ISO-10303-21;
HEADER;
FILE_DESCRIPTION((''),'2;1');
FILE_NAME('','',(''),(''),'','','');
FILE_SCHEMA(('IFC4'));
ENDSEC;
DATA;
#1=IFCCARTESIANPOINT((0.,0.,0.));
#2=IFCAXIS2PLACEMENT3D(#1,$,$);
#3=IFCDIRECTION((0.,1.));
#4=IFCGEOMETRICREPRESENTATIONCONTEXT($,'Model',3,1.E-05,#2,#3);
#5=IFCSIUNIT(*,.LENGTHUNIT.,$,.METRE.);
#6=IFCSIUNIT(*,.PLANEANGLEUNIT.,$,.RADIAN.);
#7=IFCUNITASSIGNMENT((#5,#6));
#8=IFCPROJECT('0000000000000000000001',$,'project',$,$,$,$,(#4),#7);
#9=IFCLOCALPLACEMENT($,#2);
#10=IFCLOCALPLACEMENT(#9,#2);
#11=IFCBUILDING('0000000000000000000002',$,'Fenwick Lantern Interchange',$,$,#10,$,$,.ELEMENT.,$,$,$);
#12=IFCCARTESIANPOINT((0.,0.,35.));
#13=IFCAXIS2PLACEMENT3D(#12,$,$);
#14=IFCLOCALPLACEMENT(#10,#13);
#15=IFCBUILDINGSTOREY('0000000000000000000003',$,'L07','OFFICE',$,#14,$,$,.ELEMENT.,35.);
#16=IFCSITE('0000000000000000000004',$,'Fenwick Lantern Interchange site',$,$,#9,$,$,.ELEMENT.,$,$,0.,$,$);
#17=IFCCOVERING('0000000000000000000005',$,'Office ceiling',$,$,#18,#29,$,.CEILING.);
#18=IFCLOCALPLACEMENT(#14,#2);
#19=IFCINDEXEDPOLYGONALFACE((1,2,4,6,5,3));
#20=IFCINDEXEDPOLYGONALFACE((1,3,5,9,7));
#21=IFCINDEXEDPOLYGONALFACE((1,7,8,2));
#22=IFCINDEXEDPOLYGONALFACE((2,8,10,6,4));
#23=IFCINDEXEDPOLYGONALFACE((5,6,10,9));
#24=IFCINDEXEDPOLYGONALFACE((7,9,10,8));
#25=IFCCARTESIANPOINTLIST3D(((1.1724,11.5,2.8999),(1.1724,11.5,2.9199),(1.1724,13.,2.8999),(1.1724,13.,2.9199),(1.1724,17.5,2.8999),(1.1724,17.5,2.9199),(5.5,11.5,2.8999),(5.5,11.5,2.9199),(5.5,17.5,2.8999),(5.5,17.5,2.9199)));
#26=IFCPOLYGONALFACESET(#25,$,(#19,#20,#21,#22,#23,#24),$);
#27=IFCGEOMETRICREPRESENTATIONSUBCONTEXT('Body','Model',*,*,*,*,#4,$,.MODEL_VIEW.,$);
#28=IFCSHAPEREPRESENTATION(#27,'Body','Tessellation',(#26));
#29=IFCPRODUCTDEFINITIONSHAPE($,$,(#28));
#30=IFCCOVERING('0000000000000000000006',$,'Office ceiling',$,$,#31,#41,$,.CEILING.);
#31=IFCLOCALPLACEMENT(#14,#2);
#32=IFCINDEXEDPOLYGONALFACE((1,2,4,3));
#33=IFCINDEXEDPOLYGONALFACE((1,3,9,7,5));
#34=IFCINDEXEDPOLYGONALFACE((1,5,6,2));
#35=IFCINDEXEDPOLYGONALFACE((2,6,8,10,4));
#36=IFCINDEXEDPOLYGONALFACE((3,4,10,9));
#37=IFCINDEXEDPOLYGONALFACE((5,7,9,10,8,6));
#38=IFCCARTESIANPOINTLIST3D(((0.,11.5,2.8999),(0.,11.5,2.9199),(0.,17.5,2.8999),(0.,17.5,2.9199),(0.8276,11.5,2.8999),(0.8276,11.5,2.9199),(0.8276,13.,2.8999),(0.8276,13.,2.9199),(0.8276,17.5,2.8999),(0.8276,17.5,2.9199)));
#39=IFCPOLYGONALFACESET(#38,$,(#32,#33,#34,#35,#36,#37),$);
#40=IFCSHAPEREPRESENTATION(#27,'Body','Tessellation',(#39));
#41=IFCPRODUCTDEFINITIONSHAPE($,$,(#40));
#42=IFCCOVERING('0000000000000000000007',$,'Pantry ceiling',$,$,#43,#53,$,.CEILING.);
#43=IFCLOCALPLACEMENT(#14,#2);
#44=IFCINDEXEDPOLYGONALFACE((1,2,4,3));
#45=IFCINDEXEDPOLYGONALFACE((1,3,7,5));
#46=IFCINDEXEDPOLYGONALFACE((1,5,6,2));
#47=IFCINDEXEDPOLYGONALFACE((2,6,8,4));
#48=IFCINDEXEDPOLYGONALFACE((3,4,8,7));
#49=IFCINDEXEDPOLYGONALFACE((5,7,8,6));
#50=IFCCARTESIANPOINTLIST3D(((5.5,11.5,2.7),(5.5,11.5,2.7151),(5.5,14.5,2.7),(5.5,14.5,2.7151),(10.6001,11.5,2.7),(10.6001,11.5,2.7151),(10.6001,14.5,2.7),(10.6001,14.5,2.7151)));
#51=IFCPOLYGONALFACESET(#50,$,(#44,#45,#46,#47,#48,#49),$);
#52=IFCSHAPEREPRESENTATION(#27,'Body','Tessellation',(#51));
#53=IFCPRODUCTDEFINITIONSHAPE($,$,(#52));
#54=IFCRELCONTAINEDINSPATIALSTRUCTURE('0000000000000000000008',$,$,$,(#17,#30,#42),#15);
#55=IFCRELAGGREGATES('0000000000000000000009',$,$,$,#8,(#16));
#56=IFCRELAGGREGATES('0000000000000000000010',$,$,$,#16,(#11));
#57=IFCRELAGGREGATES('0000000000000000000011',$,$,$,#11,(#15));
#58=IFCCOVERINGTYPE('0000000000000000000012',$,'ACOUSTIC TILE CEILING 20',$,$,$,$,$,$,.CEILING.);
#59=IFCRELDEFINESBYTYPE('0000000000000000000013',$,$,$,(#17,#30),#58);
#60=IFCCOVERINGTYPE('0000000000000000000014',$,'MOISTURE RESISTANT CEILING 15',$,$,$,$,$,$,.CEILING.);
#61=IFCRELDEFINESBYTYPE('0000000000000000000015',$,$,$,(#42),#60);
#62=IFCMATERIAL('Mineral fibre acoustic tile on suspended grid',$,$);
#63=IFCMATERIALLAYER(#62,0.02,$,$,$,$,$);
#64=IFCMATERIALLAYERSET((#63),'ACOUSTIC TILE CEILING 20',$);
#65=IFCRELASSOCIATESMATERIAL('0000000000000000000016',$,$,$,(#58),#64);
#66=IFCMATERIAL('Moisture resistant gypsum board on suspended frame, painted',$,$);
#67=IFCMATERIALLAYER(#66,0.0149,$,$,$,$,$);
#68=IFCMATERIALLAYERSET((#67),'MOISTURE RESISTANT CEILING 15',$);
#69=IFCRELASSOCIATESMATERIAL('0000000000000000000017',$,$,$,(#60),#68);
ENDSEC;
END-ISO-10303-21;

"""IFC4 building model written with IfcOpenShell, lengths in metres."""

from ifc_helpers import new_model, si_unit, direction, frame, origin, place, context, subcontext, project, spatial, polyline, outline, extrude, material, layer, layer_set, type_object, element, save


model = new_model("IFC4")

# Units and contexts
model_context = context("Model", 3, precision=1e-05, world=origin(), true_north=direction((0.0, 1.0)))
body_context = subcontext(model_context, "Body", "Model", "MODEL_VIEW")
ifc_project = project(units=[si_unit("LENGTHUNIT", "METRE"), si_unit("PLANEANGLEUNIT", "RADIAN")], contexts=[model_context])

# Site, building, storey
site_placement = place(None, origin())
site = spatial("IfcSite", under=ifc_project, at=site_placement, Name="Fenwick Lantern Interchange site", CompositionType="ELEMENT", RefElevation=0.0)
building_placement = place(site_placement, origin())
building = spatial("IfcBuilding", under=site, at=building_placement, Name="Fenwick Lantern Interchange", CompositionType="ELEMENT")
storey_placement = place(building_placement, frame((0.0, 0.0, 35.0)))
storey = spatial("IfcBuildingStorey", under=building, at=storey_placement, Name="L07", Description="OFFICE", CompositionType="ELEMENT", Elevation=35.0)

# Coverings
ifc_material_1 = material(Name="Mineral fibre acoustic tile on suspended grid")
ifc_layer_1 = layer(ifc_material_1, 0.02)
ifc_layer_set_1 = layer_set([ifc_layer_1], Name="ACOUSTIC TILE CEILING 20")
covering_type_1 = type_object("IfcCoveringType", Name="ACOUSTIC TILE CEILING 20", PredefinedType="CEILING", material=ifc_layer_set_1)
covering_1_placement = place(storey_placement, frame((0.0, 0.0, 2.8999)))
element("IfcCovering", 1, at=covering_1_placement, inside=storey, type_object=covering_type_1, Name="Office ceiling", PredefinedType="CEILING", context=body_context, shape_type="SweptSolid", body=[
    extrude(outline(polyline([(5.5, 17.5), (1.1724, 17.5), (1.1724, 13.0), (1.1724, 11.5), (5.5, 11.5), (5.5, 17.5)])), origin(), (0.0, 0.0, 1.0), 0.02),
])
covering_2_placement = place(storey_placement, frame((0.0, 0.0, 2.8999)))
element("IfcCovering", 2, at=covering_2_placement, inside=storey, type_object=covering_type_1, Name="Office ceiling", PredefinedType="CEILING", context=body_context, shape_type="SweptSolid", body=[
    extrude(outline(polyline([(0.0, 11.5), (0.8276, 11.5), (0.8276, 13.0), (0.8276, 17.5), (0.0, 17.5), (0.0, 11.5)])), origin(), (0.0, 0.0, 1.0), 0.02),
])
ifc_material_2 = material(Name="Moisture resistant gypsum board on suspended frame, painted")
ifc_layer_2 = layer(ifc_material_2, 0.0149)
ifc_layer_set_2 = layer_set([ifc_layer_2], Name="MOISTURE RESISTANT CEILING 15")
covering_type_2 = type_object("IfcCoveringType", Name="MOISTURE RESISTANT CEILING 15", PredefinedType="CEILING", material=ifc_layer_set_2)
covering_3_placement = place(storey_placement, frame((0.0, 0.0, 2.7)))
element("IfcCovering", 3, at=covering_3_placement, inside=storey, type_object=covering_type_2, Name="Pantry ceiling", PredefinedType="CEILING", context=body_context, shape_type="SweptSolid", body=[
    extrude(outline(polyline([(5.5, 14.5), (5.5, 11.5), (10.6001, 11.5), (10.6001, 14.5), (5.5, 14.5)])), origin(), (0.0, 0.0, 1.0), 0.0151),
])

save(model, "model.ifc")
